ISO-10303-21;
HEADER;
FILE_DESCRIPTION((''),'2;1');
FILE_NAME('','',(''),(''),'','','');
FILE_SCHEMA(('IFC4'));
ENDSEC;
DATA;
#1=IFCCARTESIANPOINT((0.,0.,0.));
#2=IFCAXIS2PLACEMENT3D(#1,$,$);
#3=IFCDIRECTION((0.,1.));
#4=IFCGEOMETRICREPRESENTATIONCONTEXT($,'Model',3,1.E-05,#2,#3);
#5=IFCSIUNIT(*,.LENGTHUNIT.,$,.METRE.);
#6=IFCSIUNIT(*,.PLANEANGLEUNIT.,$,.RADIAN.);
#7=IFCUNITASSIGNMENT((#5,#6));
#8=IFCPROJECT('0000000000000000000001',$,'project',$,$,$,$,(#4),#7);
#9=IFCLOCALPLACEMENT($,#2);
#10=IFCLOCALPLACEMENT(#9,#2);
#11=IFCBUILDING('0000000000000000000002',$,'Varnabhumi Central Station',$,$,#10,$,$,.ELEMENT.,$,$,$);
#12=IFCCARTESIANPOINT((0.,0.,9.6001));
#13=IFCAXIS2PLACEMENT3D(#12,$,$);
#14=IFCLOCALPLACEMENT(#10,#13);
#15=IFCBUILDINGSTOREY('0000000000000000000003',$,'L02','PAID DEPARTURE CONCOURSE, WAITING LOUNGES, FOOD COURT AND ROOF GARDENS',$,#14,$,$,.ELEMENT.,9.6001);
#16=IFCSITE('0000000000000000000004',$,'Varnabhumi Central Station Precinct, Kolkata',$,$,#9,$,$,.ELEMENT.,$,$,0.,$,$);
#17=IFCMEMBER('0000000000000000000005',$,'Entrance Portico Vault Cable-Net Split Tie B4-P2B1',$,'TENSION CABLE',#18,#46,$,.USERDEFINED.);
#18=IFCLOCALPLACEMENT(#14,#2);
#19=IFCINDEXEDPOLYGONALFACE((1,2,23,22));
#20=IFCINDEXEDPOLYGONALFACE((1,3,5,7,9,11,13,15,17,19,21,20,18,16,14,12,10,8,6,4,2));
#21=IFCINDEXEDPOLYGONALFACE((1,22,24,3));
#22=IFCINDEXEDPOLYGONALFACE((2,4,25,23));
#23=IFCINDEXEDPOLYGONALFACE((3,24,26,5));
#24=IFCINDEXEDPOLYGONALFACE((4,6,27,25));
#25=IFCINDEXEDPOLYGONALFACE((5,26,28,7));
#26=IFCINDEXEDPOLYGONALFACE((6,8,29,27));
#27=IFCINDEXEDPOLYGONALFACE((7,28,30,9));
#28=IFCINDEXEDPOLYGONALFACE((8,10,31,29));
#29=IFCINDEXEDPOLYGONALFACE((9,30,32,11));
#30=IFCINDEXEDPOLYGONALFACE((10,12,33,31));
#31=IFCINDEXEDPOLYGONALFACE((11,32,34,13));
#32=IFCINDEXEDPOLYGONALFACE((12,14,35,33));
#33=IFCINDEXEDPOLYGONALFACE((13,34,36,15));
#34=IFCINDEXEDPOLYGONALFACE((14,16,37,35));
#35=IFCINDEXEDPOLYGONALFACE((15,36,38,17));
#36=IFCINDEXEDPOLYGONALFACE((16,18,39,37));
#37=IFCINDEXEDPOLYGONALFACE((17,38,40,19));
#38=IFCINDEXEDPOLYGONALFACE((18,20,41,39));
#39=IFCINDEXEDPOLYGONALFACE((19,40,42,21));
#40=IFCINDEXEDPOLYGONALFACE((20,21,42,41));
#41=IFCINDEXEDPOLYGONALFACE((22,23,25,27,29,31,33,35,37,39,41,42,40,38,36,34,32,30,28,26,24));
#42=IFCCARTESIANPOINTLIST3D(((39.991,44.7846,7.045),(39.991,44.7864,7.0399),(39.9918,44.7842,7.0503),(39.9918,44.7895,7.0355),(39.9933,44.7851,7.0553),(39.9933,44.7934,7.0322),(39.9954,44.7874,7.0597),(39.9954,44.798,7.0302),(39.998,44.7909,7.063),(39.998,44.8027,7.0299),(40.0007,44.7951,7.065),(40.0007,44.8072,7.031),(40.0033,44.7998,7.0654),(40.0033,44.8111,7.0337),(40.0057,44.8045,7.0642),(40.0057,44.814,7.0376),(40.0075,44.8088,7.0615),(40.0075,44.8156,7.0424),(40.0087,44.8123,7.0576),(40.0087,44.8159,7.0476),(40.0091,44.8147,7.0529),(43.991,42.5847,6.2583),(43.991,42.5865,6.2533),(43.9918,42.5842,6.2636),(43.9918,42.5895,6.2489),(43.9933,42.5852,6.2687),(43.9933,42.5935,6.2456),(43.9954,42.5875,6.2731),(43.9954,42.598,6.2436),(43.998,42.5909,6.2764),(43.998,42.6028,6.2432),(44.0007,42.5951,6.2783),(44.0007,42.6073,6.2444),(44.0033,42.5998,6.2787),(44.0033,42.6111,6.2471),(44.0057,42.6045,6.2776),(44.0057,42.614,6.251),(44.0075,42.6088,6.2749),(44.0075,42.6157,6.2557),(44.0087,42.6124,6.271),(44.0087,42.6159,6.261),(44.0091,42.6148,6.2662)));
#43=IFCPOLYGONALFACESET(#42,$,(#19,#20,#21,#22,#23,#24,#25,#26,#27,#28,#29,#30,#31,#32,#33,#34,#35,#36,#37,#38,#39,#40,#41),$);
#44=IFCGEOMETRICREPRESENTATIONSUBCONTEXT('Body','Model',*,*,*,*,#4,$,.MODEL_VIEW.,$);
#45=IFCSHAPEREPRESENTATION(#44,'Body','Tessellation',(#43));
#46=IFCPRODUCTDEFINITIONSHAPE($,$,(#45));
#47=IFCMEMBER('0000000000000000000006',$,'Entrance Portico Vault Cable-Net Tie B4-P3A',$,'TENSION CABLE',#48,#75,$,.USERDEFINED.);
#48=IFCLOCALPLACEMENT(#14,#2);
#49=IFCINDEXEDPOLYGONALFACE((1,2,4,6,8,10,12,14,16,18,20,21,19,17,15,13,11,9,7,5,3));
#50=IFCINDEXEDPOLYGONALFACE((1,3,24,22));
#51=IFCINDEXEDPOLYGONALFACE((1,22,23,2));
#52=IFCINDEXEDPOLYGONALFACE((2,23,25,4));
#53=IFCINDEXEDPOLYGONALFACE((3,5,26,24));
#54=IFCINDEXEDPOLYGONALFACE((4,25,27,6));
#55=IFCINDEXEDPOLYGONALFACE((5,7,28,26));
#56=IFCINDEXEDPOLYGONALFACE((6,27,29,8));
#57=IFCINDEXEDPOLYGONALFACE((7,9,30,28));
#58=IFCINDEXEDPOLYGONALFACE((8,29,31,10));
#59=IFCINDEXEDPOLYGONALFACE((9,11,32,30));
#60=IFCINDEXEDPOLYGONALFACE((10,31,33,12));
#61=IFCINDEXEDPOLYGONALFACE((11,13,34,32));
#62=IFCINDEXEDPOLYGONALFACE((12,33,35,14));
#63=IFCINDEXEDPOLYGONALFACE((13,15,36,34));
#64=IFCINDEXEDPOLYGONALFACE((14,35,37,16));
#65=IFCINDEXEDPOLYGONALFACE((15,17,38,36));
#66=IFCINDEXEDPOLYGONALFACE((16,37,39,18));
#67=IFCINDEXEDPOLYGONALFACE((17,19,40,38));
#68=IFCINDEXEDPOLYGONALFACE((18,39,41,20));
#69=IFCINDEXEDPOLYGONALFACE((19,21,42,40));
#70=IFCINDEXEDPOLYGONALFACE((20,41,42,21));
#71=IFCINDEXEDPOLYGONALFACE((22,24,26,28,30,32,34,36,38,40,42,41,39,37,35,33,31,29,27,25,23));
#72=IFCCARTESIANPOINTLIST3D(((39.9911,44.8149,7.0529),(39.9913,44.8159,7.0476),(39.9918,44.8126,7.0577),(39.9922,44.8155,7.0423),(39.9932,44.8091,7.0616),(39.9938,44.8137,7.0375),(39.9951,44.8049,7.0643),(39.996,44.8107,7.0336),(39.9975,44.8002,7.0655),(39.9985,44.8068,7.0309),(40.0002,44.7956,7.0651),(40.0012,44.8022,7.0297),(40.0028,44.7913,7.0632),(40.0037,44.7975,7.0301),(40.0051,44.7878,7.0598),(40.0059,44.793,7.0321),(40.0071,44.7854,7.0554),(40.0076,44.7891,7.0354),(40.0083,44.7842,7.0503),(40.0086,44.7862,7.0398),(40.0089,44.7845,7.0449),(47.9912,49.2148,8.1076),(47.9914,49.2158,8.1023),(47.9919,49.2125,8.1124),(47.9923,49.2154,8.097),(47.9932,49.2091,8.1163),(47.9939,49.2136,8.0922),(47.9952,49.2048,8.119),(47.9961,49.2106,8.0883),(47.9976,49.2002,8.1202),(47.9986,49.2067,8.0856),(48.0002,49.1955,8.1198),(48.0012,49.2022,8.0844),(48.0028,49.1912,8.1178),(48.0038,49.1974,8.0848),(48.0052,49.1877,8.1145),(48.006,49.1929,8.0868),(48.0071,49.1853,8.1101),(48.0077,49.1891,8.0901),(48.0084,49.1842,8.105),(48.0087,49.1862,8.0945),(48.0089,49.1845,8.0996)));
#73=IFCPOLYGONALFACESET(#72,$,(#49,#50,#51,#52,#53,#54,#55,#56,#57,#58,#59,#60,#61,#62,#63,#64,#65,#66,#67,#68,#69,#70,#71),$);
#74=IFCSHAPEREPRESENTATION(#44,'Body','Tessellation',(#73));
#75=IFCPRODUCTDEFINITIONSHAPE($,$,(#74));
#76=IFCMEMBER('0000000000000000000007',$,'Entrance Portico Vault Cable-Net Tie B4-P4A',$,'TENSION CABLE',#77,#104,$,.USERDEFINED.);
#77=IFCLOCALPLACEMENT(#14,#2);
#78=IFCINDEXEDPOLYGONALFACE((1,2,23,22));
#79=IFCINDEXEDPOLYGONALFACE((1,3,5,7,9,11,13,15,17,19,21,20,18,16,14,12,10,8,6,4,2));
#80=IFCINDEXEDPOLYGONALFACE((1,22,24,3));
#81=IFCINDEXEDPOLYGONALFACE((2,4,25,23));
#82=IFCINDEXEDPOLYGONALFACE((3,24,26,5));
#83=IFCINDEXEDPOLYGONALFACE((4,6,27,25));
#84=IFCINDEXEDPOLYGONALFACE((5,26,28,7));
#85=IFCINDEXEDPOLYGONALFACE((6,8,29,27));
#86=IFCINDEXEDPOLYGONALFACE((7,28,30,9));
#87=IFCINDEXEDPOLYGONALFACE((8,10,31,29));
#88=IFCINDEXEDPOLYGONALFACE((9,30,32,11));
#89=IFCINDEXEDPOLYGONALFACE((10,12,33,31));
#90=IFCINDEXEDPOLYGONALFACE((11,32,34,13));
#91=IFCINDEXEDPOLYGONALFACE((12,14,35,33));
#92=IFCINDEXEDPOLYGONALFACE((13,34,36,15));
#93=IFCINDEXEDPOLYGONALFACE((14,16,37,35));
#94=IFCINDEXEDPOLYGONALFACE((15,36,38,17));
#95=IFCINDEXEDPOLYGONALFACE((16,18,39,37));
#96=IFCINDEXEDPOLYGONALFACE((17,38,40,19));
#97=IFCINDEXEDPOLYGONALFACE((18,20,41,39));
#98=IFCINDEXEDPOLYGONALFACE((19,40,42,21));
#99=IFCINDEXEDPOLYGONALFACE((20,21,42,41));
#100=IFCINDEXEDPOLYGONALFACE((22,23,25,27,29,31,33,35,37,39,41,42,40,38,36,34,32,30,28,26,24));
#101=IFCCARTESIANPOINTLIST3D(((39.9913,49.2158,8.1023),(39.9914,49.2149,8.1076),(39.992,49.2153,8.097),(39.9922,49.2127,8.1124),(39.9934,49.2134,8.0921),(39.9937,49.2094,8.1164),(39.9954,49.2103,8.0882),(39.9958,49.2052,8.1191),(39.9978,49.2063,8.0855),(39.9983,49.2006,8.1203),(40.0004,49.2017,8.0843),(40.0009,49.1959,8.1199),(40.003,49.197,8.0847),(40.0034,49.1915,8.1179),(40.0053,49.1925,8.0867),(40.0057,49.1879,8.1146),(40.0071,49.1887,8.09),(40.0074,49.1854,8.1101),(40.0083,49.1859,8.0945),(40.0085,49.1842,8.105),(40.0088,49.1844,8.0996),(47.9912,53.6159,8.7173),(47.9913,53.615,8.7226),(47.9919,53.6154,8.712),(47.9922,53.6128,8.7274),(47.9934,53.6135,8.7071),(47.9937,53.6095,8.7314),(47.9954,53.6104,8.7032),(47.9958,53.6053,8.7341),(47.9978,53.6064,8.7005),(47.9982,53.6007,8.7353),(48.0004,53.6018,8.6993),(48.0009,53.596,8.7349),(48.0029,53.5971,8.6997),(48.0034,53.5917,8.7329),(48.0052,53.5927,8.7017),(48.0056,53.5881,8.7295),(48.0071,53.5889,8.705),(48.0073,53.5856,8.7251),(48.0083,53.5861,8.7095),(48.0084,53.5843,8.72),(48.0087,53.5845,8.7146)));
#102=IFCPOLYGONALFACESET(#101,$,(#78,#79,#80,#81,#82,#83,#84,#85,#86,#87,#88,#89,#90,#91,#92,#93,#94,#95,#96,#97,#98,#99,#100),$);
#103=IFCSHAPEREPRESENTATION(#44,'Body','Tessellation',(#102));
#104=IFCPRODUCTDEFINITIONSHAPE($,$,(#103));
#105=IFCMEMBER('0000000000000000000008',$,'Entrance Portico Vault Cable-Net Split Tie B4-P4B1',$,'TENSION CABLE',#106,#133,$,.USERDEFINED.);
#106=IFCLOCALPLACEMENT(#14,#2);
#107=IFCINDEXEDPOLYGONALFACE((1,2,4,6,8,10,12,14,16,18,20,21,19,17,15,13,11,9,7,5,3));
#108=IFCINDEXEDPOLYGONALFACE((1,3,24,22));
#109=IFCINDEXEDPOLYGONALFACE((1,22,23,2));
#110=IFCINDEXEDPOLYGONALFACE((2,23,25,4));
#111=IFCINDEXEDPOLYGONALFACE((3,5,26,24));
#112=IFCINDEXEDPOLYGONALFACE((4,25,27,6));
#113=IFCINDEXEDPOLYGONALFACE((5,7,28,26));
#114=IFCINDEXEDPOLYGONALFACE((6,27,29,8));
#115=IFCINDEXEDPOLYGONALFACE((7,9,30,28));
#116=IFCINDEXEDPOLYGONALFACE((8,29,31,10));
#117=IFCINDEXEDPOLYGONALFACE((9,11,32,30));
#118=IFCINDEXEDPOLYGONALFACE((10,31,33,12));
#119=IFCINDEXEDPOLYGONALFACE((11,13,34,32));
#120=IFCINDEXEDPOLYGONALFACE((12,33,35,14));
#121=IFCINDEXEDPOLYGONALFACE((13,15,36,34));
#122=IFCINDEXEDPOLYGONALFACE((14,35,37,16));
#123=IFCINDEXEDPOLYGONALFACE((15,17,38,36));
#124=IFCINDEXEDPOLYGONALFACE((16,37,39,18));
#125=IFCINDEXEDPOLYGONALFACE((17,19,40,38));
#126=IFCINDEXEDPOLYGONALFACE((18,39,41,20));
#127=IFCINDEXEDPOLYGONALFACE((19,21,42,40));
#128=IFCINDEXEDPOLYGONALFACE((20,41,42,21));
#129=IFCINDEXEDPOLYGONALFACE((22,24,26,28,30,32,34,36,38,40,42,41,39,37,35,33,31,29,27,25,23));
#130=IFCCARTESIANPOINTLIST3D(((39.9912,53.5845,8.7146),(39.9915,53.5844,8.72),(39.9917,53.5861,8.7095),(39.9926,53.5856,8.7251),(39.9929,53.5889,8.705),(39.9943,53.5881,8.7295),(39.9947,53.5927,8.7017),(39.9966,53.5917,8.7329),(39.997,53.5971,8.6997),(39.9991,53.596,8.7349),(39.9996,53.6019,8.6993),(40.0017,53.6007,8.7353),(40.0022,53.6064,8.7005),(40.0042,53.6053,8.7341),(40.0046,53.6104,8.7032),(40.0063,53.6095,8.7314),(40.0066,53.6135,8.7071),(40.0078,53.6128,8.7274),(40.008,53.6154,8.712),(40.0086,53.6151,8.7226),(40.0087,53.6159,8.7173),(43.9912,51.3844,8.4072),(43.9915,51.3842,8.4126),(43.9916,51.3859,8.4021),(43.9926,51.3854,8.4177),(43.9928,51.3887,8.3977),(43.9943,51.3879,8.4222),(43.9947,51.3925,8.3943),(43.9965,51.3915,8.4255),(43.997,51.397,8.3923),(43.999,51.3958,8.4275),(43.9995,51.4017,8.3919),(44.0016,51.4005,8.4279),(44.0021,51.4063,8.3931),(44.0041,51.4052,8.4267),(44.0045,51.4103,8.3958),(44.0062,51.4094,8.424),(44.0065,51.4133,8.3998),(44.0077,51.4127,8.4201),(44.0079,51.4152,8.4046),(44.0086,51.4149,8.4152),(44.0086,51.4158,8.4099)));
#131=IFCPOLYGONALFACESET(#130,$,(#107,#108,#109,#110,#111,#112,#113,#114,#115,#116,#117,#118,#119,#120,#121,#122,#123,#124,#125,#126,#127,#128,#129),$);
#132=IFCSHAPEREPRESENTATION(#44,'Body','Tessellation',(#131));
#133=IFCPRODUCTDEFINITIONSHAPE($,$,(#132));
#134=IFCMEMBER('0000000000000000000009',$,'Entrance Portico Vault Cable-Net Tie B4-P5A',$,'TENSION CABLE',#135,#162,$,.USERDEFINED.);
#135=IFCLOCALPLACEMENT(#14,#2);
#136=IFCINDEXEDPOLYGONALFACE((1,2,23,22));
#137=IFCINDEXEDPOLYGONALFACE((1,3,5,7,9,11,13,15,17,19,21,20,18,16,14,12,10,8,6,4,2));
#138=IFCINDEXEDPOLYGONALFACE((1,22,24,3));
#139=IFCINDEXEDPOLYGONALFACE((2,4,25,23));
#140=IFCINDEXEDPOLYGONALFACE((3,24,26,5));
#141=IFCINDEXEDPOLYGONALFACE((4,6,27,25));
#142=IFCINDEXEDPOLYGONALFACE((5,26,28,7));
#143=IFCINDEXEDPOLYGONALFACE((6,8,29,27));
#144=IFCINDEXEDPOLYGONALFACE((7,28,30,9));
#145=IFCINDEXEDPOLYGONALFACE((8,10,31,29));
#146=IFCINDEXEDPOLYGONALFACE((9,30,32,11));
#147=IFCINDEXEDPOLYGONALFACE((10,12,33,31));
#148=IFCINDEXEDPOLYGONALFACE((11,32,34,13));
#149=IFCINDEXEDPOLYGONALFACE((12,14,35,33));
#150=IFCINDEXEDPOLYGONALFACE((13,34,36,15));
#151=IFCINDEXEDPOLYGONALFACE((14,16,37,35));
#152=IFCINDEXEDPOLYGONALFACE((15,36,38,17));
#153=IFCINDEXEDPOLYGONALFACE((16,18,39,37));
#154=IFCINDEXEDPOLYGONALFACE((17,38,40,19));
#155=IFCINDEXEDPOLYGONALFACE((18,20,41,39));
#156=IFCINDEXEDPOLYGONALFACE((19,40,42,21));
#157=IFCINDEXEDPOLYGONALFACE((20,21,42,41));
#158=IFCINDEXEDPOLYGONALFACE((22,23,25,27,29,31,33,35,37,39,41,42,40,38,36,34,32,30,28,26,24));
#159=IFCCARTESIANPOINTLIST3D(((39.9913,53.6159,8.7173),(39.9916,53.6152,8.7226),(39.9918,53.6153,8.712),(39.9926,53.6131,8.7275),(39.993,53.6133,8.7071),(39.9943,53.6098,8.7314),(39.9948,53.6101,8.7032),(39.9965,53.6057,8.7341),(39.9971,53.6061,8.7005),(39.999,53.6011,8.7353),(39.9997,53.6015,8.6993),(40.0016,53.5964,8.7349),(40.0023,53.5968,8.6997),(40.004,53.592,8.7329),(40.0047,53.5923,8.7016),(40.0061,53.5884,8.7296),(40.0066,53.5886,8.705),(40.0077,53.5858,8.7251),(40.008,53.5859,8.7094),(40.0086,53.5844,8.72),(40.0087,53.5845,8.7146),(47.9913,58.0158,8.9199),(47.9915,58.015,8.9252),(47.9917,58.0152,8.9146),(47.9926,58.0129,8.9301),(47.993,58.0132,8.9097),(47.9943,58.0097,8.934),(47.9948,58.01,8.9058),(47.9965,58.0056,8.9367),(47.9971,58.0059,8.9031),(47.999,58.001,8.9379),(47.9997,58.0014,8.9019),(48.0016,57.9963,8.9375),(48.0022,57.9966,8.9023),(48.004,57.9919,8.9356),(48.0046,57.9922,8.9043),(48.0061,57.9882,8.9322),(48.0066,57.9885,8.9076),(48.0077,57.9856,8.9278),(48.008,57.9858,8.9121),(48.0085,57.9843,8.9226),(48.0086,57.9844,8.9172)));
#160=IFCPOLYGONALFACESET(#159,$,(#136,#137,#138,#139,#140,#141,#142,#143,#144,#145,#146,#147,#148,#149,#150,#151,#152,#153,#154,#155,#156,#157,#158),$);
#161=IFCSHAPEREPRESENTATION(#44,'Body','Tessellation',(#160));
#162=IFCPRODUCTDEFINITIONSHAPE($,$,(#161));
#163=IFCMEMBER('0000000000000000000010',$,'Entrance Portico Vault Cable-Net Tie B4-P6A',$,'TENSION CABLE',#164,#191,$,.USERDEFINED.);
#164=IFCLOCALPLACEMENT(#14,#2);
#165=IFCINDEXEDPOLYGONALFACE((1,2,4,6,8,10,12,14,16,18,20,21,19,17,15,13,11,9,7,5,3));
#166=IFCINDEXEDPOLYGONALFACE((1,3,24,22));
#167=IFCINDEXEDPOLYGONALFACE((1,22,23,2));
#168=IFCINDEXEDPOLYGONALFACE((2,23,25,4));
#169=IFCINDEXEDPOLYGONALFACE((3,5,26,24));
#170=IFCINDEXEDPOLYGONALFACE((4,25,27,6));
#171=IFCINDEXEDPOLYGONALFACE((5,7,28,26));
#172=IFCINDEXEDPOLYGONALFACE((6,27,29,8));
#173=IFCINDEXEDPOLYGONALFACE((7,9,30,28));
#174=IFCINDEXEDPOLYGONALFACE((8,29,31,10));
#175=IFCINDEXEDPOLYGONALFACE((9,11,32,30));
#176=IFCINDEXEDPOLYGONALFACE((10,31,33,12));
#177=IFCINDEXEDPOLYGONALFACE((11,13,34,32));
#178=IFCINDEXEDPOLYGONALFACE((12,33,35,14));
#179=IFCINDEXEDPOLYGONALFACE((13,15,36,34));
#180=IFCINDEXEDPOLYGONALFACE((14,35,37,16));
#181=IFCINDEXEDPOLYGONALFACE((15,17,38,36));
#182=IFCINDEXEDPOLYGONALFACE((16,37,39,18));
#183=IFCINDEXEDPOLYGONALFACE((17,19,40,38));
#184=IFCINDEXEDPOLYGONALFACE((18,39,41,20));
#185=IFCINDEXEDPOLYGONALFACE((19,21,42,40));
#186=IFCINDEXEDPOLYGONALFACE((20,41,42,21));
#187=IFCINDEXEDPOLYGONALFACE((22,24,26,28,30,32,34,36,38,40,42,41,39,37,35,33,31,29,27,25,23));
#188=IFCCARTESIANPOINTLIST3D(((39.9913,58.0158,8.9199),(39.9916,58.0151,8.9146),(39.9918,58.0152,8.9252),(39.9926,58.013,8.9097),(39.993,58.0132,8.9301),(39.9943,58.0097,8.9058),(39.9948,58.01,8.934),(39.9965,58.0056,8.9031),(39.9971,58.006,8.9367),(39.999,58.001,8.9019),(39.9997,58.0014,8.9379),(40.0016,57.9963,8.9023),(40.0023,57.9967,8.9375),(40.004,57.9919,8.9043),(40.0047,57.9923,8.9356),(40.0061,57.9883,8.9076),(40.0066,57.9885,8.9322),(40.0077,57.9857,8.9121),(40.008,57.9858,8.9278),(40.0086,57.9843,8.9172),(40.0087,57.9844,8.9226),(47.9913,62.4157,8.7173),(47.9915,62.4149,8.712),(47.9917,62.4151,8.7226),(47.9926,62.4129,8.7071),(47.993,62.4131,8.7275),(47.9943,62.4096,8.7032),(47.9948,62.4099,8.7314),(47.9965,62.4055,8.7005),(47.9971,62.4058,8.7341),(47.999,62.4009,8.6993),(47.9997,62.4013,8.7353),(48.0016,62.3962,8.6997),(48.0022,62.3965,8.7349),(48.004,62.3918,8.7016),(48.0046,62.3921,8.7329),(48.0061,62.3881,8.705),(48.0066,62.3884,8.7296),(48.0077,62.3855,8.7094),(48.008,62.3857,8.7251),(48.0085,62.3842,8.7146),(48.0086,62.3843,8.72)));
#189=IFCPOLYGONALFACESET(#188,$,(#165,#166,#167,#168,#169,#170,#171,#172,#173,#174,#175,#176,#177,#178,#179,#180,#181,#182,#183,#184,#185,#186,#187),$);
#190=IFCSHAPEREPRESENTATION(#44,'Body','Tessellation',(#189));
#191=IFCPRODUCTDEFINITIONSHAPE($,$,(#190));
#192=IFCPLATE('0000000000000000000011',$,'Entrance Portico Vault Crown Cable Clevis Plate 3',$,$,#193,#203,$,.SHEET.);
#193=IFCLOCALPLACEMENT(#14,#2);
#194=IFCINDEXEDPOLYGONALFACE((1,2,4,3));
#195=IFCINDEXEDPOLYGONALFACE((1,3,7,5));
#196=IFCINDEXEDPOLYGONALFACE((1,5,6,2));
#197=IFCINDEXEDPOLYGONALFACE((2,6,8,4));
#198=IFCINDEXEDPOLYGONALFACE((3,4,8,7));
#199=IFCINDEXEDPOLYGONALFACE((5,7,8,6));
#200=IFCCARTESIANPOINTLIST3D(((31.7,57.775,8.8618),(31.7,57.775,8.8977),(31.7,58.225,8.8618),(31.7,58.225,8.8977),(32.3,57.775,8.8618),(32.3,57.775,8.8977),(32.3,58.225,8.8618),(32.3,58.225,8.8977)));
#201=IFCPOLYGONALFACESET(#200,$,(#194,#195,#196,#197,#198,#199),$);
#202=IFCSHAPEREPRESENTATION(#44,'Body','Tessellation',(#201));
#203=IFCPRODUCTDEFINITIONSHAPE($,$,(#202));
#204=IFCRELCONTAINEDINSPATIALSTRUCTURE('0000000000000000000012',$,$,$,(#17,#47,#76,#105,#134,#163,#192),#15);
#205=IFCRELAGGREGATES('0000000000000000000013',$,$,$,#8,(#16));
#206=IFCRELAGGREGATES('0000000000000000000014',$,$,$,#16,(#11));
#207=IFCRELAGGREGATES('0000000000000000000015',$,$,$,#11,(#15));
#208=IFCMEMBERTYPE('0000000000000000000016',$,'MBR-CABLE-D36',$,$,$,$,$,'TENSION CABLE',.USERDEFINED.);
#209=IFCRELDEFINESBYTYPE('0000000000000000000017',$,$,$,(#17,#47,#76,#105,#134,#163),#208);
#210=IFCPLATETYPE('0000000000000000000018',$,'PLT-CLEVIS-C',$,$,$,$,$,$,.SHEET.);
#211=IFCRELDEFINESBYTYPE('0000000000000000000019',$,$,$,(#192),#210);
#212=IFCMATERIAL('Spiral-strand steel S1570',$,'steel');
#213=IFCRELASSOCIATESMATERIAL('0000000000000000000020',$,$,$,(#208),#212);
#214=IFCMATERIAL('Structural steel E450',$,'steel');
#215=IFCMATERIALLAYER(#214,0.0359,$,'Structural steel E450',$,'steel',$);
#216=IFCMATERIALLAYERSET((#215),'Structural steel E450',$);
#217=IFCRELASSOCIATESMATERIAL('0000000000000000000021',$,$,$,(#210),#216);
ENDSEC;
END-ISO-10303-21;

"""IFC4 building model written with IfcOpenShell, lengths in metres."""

from ifc_helpers import new_model, si_unit, direction, frame, origin, origin_2d, place, context, subcontext, project, spatial, rectangle, circle, extrude, material, layer, layer_set, material_profile, profile_set, type_object, element, save


model = new_model("IFC4")

# Units and contexts
model_context = context("Model", 3, precision=1e-05, world=origin(), true_north=direction((0.0, 1.0)))
body_context = subcontext(model_context, "Body", "Model", "MODEL_VIEW")
ifc_project = project(units=[si_unit("LENGTHUNIT", "METRE"), si_unit("PLANEANGLEUNIT", "RADIAN")], contexts=[model_context])

# Site, building, storey
site_placement = place(None, origin())
site = spatial("IfcSite", under=ifc_project, at=site_placement, Name="Varnabhumi Central Station Precinct, Kolkata", CompositionType="ELEMENT", RefElevation=0.0)
building_placement = place(site_placement, origin())
building = spatial("IfcBuilding", under=site, at=building_placement, Name="Varnabhumi Central Station", CompositionType="ELEMENT")
storey_placement = place(building_placement, frame((0.0, 0.0, 9.6001)))
storey = spatial("IfcBuildingStorey", under=building, at=storey_placement, Name="L02", Description="PAID DEPARTURE CONCOURSE, WAITING LOUNGES, FOOD COURT AND ROOF GARDENS", CompositionType="ELEMENT", Elevation=9.6001)

# Members
ifc_material_1 = material(Name="Spiral-strand steel S1570", Category="steel")
ifc_material_profile_1 = material_profile(ifc_material_1, circle(Radius=0.0181, at=origin_2d()), Name="Spiral-strand steel S1570", Category="steel")
ifc_profile_set_1 = profile_set([ifc_material_profile_1], Name="Spiral-strand steel S1570")
member_type = type_object("IfcMemberType", Name="MBR-CABLE-D36", ElementType="TENSION CABLE", PredefinedType="USERDEFINED", material=ifc_profile_set_1)
member_1_placement = place(storey_placement, frame((40.0, 44.8, 7.0476), z_axis=(0.863495, -0.474912, -0.169811), x_axis=(0.481911, 0.87622, 0.0)))
element("IfcMember", 1, at=member_1_placement, inside=storey, type_object=member_type, Name="Entrance Portico Vault Cable-Net Split Tie B4-P2B1", ObjectType="TENSION CABLE", PredefinedType="USERDEFINED", context=body_context, shape_type="SweptSolid", body=[
    extrude(circle(Radius=0.0181, at=origin_2d()), origin(), (0.0, 0.0, 1.0), 4.6323),
])
member_2_placement = place(storey_placement, frame((40.0, 44.8, 7.0476), z_axis=(0.870432, 0.478727, 0.114754), x_axis=(-0.481911, 0.87622, 0.0)))
element("IfcMember", 2, at=member_2_placement, inside=storey, type_object=member_type, Name="Entrance Portico Vault Cable-Net Tie B4-P3A", ObjectType="TENSION CABLE", PredefinedType="USERDEFINED", context=body_context, shape_type="SweptSolid", body=[
    extrude(circle(Radius=0.0181, at=origin_2d()), origin(), (0.0, 0.0, 1.0), 9.1909),
])
member_3_placement = place(storey_placement, frame((40.0, 49.2, 8.1023), z_axis=(0.874228, 0.480842, 0.067205), x_axis=(-0.481931, 0.876209, 0.0)))
element("IfcMember", 3, at=member_3_placement, inside=storey, type_object=member_type, Name="Entrance Portico Vault Cable-Net Tie B4-P4A", ObjectType="TENSION CABLE", PredefinedType="USERDEFINED", context=body_context, shape_type="SweptSolid", body=[
    extrude(circle(Radius=0.0181, at=origin_2d()), origin(), (0.0, 0.0, 1.0), 9.1509),
])
member_4_placement = place(storey_placement, frame((40.0, 53.6001, 8.7173), z_axis=(0.874219, -0.480863, -0.067178), x_axis=(0.481952, 0.876198, 0.0)))
element("IfcMember", 4, at=member_4_placement, inside=storey, type_object=member_type, Name="Entrance Portico Vault Cable-Net Split Tie B4-P4B1", ObjectType="TENSION CABLE", PredefinedType="USERDEFINED", context=body_context, shape_type="SweptSolid", body=[
    extrude(circle(Radius=0.0181, at=origin_2d()), origin(), (0.0, 0.0, 1.0), 4.5754),
])
for number, where, z_axis, x_axis, name in (
    (5, (40.0, 53.6001, 8.7173), (0.876005, 0.481792, 0.022189), (-0.481911, 0.87622, 0.0), "Entrance Portico Vault Cable-Net Tie B4-P5A"),
    (6, (40.0, 58.0, 8.9199), (0.876005, 0.481792, -0.022189), (-0.481911, 0.87622, 0.0), "Entrance Portico Vault Cable-Net Tie B4-P6A"),
):
    element("IfcMember", number, at=place(storey_placement, frame(where, z_axis=z_axis, x_axis=x_axis)), inside=storey, type_object=member_type, Name=name, ObjectType="TENSION CABLE", PredefinedType="USERDEFINED", context=body_context, shape_type="SweptSolid", body=[
        extrude(circle(Radius=0.0181, at=origin_2d()), origin(), (0.0, 0.0, 1.0), 9.1323),
    ])

# Plate
ifc_material_2 = material(Name="Structural steel E450", Category="steel")
ifc_layer = layer(ifc_material_2, 0.0359, Name="Structural steel E450", Category="steel")
ifc_layer_set = layer_set([ifc_layer], Name="Structural steel E450")
plate_type = type_object("IfcPlateType", Name="PLT-CLEVIS-C", PredefinedType="SHEET", material=ifc_layer_set)
for number, where, z_axis, x_axis, name in (
    (7, (32.0, 58.0, 8.8618), (0.0, 0.0, 1.0), (1.0, 0.0, 0.0), "Entrance Portico Vault Crown Cable Clevis Plate 3"),
):
    element("IfcPlate", number, at=place(storey_placement, frame(where, z_axis=z_axis, x_axis=x_axis)), inside=storey, type_object=plate_type, Name=name, PredefinedType="SHEET", context=body_context, shape_type="SweptSolid", body=[
        extrude(rectangle(XDim=0.6001, YDim=0.45, at=origin_2d()), origin(), (0.0, 0.0, 1.0), 0.0359),
    ])

save(model, "model.ifc")
